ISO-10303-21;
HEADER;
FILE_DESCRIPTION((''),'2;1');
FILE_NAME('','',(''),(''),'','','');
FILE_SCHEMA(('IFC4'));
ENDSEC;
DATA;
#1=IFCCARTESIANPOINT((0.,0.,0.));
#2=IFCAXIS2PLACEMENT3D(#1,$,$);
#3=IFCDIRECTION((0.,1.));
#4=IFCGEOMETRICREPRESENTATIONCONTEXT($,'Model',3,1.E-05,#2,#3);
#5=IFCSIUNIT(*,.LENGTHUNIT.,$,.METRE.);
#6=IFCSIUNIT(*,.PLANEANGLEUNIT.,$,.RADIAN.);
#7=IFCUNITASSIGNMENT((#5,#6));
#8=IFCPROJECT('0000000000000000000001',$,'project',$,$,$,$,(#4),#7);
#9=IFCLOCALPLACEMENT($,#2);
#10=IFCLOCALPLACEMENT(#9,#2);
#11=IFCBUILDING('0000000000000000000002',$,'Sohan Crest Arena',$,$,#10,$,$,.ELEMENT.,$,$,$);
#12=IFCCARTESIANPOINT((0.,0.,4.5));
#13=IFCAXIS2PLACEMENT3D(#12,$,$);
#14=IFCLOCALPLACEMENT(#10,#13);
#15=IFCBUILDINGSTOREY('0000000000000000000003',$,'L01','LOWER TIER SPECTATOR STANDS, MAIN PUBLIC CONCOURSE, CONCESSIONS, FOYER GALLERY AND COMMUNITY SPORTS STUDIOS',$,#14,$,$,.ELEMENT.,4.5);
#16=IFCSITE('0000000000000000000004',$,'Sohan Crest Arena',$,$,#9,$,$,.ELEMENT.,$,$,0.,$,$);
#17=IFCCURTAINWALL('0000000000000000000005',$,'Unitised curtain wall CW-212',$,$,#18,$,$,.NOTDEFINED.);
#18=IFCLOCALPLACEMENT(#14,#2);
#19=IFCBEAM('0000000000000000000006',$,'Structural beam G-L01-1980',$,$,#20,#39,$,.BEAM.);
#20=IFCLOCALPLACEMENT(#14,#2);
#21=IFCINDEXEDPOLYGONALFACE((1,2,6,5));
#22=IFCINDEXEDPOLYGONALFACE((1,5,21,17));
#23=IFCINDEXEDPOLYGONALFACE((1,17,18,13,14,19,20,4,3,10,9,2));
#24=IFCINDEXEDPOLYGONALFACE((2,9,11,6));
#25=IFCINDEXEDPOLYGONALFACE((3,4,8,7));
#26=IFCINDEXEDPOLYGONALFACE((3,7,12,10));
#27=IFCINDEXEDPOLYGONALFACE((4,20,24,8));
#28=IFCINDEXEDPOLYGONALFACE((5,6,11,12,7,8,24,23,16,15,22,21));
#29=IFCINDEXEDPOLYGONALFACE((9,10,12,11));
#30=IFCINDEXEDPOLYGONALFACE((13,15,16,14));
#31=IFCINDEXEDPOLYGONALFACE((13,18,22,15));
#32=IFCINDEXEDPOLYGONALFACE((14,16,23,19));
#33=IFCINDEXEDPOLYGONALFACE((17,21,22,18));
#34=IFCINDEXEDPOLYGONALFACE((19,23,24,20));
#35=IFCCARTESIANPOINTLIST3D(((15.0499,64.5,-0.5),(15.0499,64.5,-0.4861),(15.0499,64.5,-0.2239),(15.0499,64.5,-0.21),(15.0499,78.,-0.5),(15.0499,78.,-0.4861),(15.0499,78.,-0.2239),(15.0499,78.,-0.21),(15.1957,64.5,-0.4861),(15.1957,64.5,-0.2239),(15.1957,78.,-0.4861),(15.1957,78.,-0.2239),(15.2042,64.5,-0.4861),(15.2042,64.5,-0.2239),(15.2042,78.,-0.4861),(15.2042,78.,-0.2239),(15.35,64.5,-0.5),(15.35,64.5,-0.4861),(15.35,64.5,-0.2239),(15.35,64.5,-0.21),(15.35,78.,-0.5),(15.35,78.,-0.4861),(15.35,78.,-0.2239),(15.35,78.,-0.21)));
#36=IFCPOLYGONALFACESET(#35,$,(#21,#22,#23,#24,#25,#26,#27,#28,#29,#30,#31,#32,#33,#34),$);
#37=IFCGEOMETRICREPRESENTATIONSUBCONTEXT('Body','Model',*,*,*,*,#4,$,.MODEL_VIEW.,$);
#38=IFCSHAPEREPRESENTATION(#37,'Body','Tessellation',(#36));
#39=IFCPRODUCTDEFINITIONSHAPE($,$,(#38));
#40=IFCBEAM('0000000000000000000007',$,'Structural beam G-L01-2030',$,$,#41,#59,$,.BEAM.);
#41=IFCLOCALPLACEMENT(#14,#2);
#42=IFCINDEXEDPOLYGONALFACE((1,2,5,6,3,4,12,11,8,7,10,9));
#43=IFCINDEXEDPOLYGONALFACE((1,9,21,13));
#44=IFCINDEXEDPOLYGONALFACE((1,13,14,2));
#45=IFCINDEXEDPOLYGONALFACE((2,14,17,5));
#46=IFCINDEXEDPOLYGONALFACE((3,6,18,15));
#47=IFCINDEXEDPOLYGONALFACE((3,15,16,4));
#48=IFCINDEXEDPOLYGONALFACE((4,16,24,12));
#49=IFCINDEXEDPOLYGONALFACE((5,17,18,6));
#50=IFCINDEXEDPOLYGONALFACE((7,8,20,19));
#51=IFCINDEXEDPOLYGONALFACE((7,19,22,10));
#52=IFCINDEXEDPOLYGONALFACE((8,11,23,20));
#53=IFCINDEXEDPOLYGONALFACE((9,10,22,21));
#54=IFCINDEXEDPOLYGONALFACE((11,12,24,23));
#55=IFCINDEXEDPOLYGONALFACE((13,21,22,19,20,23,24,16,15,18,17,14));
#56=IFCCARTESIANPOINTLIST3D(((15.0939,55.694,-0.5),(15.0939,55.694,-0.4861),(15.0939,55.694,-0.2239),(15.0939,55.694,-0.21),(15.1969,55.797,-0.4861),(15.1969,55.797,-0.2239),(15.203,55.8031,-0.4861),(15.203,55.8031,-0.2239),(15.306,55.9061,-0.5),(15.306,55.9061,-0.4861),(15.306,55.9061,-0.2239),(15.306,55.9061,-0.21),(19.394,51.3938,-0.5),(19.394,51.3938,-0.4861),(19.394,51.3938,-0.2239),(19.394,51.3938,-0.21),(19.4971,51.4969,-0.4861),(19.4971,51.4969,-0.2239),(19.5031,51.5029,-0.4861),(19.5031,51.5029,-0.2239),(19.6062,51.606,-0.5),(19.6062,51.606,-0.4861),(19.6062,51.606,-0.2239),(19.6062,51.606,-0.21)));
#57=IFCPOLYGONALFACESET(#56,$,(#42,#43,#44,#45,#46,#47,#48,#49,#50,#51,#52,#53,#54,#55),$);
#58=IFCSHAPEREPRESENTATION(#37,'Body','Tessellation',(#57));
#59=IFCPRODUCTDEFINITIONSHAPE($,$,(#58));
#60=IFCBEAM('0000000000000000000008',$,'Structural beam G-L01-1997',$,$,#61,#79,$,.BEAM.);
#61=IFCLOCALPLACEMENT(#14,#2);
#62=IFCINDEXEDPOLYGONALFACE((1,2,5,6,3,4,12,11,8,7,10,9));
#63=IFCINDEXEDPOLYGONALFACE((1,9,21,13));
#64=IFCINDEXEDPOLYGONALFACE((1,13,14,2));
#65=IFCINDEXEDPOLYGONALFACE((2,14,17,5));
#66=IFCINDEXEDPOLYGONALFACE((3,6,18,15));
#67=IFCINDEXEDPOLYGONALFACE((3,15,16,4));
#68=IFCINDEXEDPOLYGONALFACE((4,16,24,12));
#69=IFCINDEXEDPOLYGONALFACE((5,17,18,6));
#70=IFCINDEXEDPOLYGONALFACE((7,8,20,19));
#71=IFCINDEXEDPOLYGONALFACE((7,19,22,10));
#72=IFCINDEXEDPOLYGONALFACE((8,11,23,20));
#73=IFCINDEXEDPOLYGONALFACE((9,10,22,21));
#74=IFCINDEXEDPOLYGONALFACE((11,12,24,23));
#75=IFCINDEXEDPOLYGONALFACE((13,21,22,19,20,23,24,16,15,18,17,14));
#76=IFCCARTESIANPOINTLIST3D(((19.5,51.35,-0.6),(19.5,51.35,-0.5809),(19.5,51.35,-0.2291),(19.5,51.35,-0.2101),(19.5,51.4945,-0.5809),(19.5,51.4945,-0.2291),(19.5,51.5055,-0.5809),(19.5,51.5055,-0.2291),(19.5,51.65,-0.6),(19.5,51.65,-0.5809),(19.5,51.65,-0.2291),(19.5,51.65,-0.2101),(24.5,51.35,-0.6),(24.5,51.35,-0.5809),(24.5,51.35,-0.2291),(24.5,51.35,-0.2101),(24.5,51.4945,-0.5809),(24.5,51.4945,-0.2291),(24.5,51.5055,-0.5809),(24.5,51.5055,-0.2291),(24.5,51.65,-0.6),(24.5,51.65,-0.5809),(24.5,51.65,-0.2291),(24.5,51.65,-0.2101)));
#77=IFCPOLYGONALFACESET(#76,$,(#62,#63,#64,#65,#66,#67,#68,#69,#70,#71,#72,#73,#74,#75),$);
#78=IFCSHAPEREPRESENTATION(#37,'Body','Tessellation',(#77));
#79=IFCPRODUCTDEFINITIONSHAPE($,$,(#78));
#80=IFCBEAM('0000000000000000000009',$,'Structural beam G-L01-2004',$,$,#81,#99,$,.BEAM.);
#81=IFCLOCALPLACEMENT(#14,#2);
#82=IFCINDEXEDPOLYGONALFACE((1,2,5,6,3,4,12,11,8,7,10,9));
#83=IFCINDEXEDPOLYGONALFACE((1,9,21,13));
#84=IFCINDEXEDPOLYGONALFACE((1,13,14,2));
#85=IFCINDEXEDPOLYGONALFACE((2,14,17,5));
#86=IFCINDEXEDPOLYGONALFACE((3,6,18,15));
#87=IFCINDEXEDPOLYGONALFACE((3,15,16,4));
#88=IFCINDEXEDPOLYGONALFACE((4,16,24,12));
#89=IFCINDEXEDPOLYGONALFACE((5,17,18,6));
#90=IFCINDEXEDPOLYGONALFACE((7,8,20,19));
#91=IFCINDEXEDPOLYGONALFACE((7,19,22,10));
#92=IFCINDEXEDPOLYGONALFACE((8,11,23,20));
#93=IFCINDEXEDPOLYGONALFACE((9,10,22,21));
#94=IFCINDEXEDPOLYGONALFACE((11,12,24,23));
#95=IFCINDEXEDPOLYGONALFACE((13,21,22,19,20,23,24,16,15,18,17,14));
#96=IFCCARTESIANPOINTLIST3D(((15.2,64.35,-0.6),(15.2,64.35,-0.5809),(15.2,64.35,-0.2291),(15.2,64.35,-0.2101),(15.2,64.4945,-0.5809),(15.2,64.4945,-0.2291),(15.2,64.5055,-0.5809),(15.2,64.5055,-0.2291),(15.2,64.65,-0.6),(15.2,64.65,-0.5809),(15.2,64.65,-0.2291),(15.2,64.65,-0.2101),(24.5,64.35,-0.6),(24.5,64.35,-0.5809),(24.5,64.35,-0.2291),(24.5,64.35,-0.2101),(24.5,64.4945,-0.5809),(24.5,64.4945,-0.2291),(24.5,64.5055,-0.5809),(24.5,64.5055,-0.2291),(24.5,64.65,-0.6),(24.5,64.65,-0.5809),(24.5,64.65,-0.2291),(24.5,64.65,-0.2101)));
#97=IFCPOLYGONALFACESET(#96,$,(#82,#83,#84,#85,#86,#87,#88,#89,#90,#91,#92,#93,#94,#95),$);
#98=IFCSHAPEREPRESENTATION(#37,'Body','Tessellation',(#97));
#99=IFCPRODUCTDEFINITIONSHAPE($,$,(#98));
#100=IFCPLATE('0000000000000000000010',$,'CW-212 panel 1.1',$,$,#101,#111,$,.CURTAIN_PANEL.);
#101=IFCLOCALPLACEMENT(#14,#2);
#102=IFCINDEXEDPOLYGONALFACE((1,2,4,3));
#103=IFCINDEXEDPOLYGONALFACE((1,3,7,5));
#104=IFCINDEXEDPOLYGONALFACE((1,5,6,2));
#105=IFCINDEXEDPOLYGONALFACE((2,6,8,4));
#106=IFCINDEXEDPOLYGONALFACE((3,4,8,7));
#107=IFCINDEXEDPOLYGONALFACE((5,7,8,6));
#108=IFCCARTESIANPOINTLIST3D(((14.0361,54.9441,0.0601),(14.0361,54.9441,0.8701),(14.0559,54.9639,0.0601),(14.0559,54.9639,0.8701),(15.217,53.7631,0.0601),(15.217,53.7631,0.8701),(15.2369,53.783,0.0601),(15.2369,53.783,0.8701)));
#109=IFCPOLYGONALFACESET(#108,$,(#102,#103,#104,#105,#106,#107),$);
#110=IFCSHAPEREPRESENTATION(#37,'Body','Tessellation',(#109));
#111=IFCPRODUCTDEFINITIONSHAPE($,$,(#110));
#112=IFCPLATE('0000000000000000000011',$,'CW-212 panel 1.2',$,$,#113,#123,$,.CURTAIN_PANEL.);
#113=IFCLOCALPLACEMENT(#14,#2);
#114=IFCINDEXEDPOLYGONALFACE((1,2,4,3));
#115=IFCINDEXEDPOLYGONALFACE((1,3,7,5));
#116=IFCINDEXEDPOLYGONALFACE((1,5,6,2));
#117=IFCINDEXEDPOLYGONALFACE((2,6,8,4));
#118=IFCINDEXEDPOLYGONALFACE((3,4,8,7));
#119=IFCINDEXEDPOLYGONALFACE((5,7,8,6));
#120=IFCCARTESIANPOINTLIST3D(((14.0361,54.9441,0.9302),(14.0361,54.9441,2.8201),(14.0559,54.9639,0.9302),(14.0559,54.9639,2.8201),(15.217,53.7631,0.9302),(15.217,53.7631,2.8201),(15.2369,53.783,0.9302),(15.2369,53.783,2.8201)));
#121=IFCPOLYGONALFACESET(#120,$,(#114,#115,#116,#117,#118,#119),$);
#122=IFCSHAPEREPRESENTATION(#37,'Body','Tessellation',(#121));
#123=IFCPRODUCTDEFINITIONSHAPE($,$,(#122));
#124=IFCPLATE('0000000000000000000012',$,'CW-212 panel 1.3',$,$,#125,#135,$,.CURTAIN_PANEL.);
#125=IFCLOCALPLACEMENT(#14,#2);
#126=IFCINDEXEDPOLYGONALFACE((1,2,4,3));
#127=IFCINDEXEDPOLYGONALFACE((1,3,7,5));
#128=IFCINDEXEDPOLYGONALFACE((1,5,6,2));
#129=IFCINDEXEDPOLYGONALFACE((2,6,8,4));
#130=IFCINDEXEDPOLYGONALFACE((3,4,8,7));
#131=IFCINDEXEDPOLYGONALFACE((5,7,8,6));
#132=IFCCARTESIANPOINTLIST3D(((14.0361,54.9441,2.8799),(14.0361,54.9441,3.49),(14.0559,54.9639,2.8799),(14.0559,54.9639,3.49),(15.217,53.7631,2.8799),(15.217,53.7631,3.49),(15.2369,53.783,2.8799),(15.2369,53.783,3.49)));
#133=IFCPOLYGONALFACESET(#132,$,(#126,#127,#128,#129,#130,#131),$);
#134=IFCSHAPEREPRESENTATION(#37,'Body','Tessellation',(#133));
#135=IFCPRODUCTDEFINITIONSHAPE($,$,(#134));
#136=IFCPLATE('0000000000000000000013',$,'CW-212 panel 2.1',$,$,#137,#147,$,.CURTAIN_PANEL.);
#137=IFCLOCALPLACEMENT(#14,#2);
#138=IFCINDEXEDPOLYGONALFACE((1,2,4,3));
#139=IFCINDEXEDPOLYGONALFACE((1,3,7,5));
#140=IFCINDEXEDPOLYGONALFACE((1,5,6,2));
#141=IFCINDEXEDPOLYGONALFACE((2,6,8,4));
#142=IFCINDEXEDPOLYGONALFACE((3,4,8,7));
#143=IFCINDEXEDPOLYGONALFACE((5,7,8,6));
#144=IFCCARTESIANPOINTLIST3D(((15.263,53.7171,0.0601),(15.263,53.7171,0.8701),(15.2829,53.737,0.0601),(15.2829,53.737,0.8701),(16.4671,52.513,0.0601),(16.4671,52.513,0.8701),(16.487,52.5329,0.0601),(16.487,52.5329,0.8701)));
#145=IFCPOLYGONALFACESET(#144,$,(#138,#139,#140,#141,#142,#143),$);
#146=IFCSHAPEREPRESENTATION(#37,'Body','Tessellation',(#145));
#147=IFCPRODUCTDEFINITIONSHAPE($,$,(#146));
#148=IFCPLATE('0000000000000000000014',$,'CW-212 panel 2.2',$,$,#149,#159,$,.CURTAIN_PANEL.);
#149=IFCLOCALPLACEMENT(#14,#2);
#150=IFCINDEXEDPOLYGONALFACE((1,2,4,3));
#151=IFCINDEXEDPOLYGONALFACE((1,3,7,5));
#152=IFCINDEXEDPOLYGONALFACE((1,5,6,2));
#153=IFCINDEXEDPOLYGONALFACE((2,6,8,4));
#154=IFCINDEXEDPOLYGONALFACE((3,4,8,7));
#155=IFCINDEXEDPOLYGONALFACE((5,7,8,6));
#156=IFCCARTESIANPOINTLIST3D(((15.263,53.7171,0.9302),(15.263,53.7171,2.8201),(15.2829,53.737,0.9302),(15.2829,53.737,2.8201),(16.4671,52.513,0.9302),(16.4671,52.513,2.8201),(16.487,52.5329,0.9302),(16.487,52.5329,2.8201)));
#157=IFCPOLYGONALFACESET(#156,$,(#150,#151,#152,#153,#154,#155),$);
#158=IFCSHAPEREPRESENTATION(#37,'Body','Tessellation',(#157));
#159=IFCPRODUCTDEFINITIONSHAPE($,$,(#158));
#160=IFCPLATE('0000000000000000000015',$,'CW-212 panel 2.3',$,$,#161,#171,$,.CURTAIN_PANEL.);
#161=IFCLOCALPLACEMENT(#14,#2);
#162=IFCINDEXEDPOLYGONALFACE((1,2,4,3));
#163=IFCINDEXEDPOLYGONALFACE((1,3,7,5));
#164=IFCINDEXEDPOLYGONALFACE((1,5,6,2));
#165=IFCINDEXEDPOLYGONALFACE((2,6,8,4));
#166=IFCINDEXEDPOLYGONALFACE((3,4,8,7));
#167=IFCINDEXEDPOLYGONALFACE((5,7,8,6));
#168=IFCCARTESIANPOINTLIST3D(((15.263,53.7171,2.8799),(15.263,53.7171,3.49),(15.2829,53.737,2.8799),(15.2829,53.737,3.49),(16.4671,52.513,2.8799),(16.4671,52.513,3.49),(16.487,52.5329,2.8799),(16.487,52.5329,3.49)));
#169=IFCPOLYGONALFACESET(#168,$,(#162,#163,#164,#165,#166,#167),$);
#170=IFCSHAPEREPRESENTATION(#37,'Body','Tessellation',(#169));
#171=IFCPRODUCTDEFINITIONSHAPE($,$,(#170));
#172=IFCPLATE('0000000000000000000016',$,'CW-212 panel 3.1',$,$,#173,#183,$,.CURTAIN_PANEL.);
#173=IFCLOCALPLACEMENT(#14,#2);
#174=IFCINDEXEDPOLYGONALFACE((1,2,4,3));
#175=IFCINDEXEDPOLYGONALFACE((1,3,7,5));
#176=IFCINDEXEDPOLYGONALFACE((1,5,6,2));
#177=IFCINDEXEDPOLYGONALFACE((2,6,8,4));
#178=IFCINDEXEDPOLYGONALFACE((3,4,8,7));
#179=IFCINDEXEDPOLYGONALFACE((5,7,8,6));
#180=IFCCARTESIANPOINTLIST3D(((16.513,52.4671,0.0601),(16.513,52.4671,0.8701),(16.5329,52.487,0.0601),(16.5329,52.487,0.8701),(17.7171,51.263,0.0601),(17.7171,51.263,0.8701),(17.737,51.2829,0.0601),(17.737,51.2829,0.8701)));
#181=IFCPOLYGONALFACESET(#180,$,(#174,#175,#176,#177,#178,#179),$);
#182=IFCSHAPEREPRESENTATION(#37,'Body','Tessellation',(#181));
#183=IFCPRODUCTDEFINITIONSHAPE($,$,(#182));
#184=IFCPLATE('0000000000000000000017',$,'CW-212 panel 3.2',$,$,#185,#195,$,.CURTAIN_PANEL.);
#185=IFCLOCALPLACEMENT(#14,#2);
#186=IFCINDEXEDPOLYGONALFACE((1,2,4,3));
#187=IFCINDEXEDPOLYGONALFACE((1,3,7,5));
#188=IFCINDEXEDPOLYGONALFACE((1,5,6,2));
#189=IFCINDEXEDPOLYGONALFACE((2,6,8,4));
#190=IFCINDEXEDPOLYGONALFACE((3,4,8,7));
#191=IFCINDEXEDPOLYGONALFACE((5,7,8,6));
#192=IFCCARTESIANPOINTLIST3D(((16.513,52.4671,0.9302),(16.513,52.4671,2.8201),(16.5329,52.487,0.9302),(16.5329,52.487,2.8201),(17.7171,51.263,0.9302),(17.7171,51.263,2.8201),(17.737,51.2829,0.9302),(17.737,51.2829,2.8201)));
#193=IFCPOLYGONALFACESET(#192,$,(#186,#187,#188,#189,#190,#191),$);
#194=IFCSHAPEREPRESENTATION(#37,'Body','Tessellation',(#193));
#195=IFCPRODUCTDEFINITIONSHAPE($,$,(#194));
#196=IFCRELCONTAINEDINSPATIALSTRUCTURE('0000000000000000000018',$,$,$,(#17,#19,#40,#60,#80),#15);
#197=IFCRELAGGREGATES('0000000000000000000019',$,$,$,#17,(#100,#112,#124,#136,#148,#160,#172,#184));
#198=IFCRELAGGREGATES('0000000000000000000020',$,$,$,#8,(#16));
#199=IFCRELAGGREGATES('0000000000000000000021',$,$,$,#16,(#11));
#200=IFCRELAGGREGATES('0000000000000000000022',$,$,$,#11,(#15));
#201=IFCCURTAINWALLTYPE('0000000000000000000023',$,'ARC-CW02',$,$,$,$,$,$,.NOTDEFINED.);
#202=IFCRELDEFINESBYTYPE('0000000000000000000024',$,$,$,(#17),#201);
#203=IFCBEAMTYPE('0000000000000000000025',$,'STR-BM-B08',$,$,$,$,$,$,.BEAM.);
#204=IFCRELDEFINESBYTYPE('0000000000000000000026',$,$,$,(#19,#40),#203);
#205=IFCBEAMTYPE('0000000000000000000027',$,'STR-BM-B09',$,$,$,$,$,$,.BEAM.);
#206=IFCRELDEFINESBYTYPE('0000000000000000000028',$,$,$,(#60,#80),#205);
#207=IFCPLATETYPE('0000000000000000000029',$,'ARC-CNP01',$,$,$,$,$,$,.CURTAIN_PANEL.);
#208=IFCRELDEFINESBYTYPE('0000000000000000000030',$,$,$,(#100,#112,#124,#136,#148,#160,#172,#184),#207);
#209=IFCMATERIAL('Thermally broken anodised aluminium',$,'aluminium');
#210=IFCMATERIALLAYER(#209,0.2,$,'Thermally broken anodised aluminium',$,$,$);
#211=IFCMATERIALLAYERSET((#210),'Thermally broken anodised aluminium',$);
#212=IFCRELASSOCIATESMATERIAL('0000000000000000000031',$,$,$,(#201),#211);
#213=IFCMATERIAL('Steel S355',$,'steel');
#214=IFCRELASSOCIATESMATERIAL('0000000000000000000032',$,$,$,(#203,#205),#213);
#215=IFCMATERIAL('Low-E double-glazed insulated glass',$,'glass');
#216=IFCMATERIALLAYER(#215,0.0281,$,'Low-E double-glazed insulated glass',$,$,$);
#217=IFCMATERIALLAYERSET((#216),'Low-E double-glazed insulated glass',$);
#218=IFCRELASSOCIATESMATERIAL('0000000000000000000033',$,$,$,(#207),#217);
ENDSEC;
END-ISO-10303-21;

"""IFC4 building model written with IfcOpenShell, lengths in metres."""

from ifc_helpers import new_model, si_unit, direction, frame, origin, origin_2d, place, context, subcontext, project, spatial, rectangle, i_section, extrude, material, layer, layer_set, material_profile, profile_set, type_object, element, aggregate, save


model = new_model("IFC4")

# Units and contexts
model_context = context("Model", 3, precision=1e-05, world=origin(), true_north=direction((0.0, 1.0)))
body_context = subcontext(model_context, "Body", "Model", "MODEL_VIEW")
ifc_project = project(units=[si_unit("LENGTHUNIT", "METRE"), si_unit("PLANEANGLEUNIT", "RADIAN")], contexts=[model_context])

# Site, building, storey
site_placement = place(None, origin())
site = spatial("IfcSite", under=ifc_project, at=site_placement, Name="Sohan Crest Arena", CompositionType="ELEMENT", RefElevation=0.0)
building_placement = place(site_placement, origin())
building = spatial("IfcBuilding", under=site, at=building_placement, Name="Sohan Crest Arena", CompositionType="ELEMENT")
storey_placement = place(building_placement, frame((0.0, 0.0, 4.5)))
storey = spatial("IfcBuildingStorey", under=building, at=storey_placement, Name="L01", Description="LOWER TIER SPECTATOR STANDS, MAIN PUBLIC CONCOURSE, CONCESSIONS, FOYER GALLERY AND COMMUNITY SPORTS STUDIOS", CompositionType="ELEMENT", Elevation=4.5)

# Curtain wall
ifc_material_1 = material(Name="Thermally broken anodised aluminium", Category="aluminium")
ifc_layer_1 = layer(ifc_material_1, 0.2, Name="Thermally broken anodised aluminium")
ifc_layer_set_1 = layer_set([ifc_layer_1], Name="Thermally broken anodised aluminium")
curtain_wall_type = type_object("IfcCurtainWallType", Name="ARC-CW02", PredefinedType="NOTDEFINED", material=ifc_layer_set_1)
curtain_wall_placement = place(storey_placement, origin())
curtain_wall = element("IfcCurtainWall", 1, at=curtain_wall_placement, inside=storey, type_object=curtain_wall_type, Name="Unitised curtain wall CW-212", PredefinedType="NOTDEFINED")

# Beams
ifc_material_2 = material(Name="Steel S355", Category="steel")
ifc_material_profile_1 = material_profile(ifc_material_2, i_section(OverallWidth=0.3, OverallDepth=0.29, WebThickness=0.0085, FlangeThickness=0.0139, at=origin_2d()), Name="HEA 300")
ifc_profile_set_1 = profile_set([ifc_material_profile_1], Name="Steel S355")
beam_type_1 = type_object("IfcBeamType", Name="STR-BM-B08", PredefinedType="BEAM", material=ifc_profile_set_1)
beam_1_placement = place(storey_placement, frame((15.2, 64.5, -0.355), z_axis=(0.0, 1.0, 0.0), x_axis=(-1.0, 0.0, 0.0)))
element("IfcBeam", 2, at=beam_1_placement, inside=storey, type_object=beam_type_1, Name="Structural beam G-L01-1980", PredefinedType="BEAM", context=body_context, shape_type="SweptSolid", body=[
    extrude(i_section(OverallWidth=0.3, OverallDepth=0.29, WebThickness=0.0085, FlangeThickness=0.0139, at=origin_2d()), origin(), (0.0, 0.0, 1.0), 13.5),
])
beam_2_placement = place(storey_placement, frame((15.2, 55.8, -0.355), z_axis=(0.707107, -0.707107, 0.0), x_axis=(0.707107, 0.707107, 0.0)))
element("IfcBeam", 3, at=beam_2_placement, inside=storey, type_object=beam_type_1, Name="Structural beam G-L01-2030", PredefinedType="BEAM", context=body_context, shape_type="SweptSolid", body=[
    extrude(i_section(OverallWidth=0.3, OverallDepth=0.29, WebThickness=0.0085, FlangeThickness=0.0139, at=origin_2d()), origin(), (0.0, 0.0, 1.0), 6.0813),
])
ifc_material_profile_2 = material_profile(ifc_material_2, i_section(OverallWidth=0.3, OverallDepth=0.3899, WebThickness=0.011, FlangeThickness=0.019, at=origin_2d()), Name="HEA 400")
ifc_profile_set_2 = profile_set([ifc_material_profile_2], Name="Steel S355")
beam_type_2 = type_object("IfcBeamType", Name="STR-BM-B09", PredefinedType="BEAM", material=ifc_profile_set_2)
beam_3_placement = place(storey_placement, frame((19.5, 51.5, -0.405), z_axis=(1.0, 0.0, 0.0), x_axis=(0.0, 1.0, 0.0)))
element("IfcBeam", 4, at=beam_3_placement, inside=storey, type_object=beam_type_2, Name="Structural beam G-L01-1997", PredefinedType="BEAM", context=body_context, shape_type="SweptSolid", body=[
    extrude(i_section(OverallWidth=0.3, OverallDepth=0.3899, WebThickness=0.011, FlangeThickness=0.019, at=origin_2d()), origin(), (0.0, 0.0, 1.0), 5.0),
])
beam_4_placement = place(storey_placement, frame((15.2, 64.5, -0.405), z_axis=(1.0, 0.0, 0.0), x_axis=(0.0, 1.0, 0.0)))
element("IfcBeam", 5, at=beam_4_placement, inside=storey, type_object=beam_type_2, Name="Structural beam G-L01-2004", PredefinedType="BEAM", context=body_context, shape_type="SweptSolid", body=[
    extrude(i_section(OverallWidth=0.3, OverallDepth=0.3899, WebThickness=0.011, FlangeThickness=0.019, at=origin_2d()), origin(), (0.0, 0.0, 1.0), 9.3),
])

# Plates
ifc_material_3 = material(Name="Low-E double-glazed insulated glass", Category="glass")
ifc_layer_2 = layer(ifc_material_3, 0.0281, Name="Low-E double-glazed insulated glass")
ifc_layer_set_2 = layer_set([ifc_layer_2], Name="Low-E double-glazed insulated glass")
plate_type = type_object("IfcPlateType", Name="ARC-CNP01", PredefinedType="CURTAIN_PANEL", material=ifc_layer_set_2)
plate_1_placement = place(storey_placement, frame((14.6365, 54.3635, 0.0601), z_axis=(0.0, 0.0, 1.0), x_axis=(0.707107, -0.707107, 0.0)))
plate_1 = element("IfcPlate", 6, at=plate_1_placement, type_object=plate_type, Name="CW-212 panel 1.1", PredefinedType="CURTAIN_PANEL", context=body_context, shape_type="SweptSolid", body=[
    extrude(rectangle(XDim=1.6702, YDim=0.0281, at=origin_2d()), origin(), (0.0, 0.0, 1.0), 0.8101),
])
plate_2_placement = place(storey_placement, frame((14.6365, 54.3635, 0.9302), z_axis=(0.0, 0.0, 1.0), x_axis=(0.707107, -0.707107, 0.0)))
plate_2 = element("IfcPlate", 7, at=plate_2_placement, type_object=plate_type, Name="CW-212 panel 1.2", PredefinedType="CURTAIN_PANEL", context=body_context, shape_type="SweptSolid", body=[
    extrude(rectangle(XDim=1.6702, YDim=0.0281, at=origin_2d()), origin(), (0.0, 0.0, 1.0), 1.8899),
])
plate_3_placement = place(storey_placement, frame((14.6365, 54.3635, 2.8799), z_axis=(0.0, 0.0, 1.0), x_axis=(0.707107, -0.707107, 0.0)))
plate_3 = element("IfcPlate", 8, at=plate_3_placement, type_object=plate_type, Name="CW-212 panel 1.3", PredefinedType="CURTAIN_PANEL", context=body_context, shape_type="SweptSolid", body=[
    extrude(rectangle(XDim=1.6702, YDim=0.0281, at=origin_2d()), origin(), (0.0, 0.0, 1.0), 0.6101),
])
plate_4_placement = place(storey_placement, frame((15.875, 53.125, 0.0601), z_axis=(0.0, 0.0, 1.0), x_axis=(0.707107, -0.707107, 0.0)))
plate_4 = element("IfcPlate", 9, at=plate_4_placement, type_object=plate_type, Name="CW-212 panel 2.1", PredefinedType="CURTAIN_PANEL", context=body_context, shape_type="SweptSolid", body=[
    extrude(rectangle(XDim=1.7029, YDim=0.0281, at=origin_2d()), origin(), (0.0, 0.0, 1.0), 0.8101),
])
plate_5_placement = place(storey_placement, frame((15.875, 53.125, 0.9302), z_axis=(0.0, 0.0, 1.0), x_axis=(0.707107, -0.707107, 0.0)))
plate_5 = element("IfcPlate", 10, at=plate_5_placement, type_object=plate_type, Name="CW-212 panel 2.2", PredefinedType="CURTAIN_PANEL", context=body_context, shape_type="SweptSolid", body=[
    extrude(rectangle(XDim=1.7029, YDim=0.0281, at=origin_2d()), origin(), (0.0, 0.0, 1.0), 1.8899),
])
plate_6_placement = place(storey_placement, frame((15.875, 53.125, 2.8799), z_axis=(0.0, 0.0, 1.0), x_axis=(0.707107, -0.707107, 0.0)))
plate_6 = element("IfcPlate", 11, at=plate_6_placement, type_object=plate_type, Name="CW-212 panel 2.3", PredefinedType="CURTAIN_PANEL", context=body_context, shape_type="SweptSolid", body=[
    extrude(rectangle(XDim=1.7029, YDim=0.0281, at=origin_2d()), origin(), (0.0, 0.0, 1.0), 0.6101),
])
plate_7_placement = place(storey_placement, frame((17.125, 51.875, 0.0601), z_axis=(0.0, 0.0, 1.0), x_axis=(0.707107, -0.707107, 0.0)))
plate_7 = element("IfcPlate", 12, at=plate_7_placement, type_object=plate_type, Name="CW-212 panel 3.1", PredefinedType="CURTAIN_PANEL", context=body_context, shape_type="SweptSolid", body=[
    extrude(rectangle(XDim=1.7029, YDim=0.0281, at=origin_2d()), origin(), (0.0, 0.0, 1.0), 0.8101),
])
plate_8_placement = place(storey_placement, frame((17.125, 51.875, 0.9302), z_axis=(0.0, 0.0, 1.0), x_axis=(0.707107, -0.707107, 0.0)))
plate_8 = element("IfcPlate", 13, at=plate_8_placement, type_object=plate_type, Name="CW-212 panel 3.2", PredefinedType="CURTAIN_PANEL", context=body_context, shape_type="SweptSolid", body=[
    extrude(rectangle(XDim=1.7029, YDim=0.0281, at=origin_2d()), origin(), (0.0, 0.0, 1.0), 1.8899),
])
aggregate(curtain_wall, [plate_1, plate_2, plate_3, plate_4, plate_5, plate_6, plate_7, plate_8])

save(model, "model.ifc")
